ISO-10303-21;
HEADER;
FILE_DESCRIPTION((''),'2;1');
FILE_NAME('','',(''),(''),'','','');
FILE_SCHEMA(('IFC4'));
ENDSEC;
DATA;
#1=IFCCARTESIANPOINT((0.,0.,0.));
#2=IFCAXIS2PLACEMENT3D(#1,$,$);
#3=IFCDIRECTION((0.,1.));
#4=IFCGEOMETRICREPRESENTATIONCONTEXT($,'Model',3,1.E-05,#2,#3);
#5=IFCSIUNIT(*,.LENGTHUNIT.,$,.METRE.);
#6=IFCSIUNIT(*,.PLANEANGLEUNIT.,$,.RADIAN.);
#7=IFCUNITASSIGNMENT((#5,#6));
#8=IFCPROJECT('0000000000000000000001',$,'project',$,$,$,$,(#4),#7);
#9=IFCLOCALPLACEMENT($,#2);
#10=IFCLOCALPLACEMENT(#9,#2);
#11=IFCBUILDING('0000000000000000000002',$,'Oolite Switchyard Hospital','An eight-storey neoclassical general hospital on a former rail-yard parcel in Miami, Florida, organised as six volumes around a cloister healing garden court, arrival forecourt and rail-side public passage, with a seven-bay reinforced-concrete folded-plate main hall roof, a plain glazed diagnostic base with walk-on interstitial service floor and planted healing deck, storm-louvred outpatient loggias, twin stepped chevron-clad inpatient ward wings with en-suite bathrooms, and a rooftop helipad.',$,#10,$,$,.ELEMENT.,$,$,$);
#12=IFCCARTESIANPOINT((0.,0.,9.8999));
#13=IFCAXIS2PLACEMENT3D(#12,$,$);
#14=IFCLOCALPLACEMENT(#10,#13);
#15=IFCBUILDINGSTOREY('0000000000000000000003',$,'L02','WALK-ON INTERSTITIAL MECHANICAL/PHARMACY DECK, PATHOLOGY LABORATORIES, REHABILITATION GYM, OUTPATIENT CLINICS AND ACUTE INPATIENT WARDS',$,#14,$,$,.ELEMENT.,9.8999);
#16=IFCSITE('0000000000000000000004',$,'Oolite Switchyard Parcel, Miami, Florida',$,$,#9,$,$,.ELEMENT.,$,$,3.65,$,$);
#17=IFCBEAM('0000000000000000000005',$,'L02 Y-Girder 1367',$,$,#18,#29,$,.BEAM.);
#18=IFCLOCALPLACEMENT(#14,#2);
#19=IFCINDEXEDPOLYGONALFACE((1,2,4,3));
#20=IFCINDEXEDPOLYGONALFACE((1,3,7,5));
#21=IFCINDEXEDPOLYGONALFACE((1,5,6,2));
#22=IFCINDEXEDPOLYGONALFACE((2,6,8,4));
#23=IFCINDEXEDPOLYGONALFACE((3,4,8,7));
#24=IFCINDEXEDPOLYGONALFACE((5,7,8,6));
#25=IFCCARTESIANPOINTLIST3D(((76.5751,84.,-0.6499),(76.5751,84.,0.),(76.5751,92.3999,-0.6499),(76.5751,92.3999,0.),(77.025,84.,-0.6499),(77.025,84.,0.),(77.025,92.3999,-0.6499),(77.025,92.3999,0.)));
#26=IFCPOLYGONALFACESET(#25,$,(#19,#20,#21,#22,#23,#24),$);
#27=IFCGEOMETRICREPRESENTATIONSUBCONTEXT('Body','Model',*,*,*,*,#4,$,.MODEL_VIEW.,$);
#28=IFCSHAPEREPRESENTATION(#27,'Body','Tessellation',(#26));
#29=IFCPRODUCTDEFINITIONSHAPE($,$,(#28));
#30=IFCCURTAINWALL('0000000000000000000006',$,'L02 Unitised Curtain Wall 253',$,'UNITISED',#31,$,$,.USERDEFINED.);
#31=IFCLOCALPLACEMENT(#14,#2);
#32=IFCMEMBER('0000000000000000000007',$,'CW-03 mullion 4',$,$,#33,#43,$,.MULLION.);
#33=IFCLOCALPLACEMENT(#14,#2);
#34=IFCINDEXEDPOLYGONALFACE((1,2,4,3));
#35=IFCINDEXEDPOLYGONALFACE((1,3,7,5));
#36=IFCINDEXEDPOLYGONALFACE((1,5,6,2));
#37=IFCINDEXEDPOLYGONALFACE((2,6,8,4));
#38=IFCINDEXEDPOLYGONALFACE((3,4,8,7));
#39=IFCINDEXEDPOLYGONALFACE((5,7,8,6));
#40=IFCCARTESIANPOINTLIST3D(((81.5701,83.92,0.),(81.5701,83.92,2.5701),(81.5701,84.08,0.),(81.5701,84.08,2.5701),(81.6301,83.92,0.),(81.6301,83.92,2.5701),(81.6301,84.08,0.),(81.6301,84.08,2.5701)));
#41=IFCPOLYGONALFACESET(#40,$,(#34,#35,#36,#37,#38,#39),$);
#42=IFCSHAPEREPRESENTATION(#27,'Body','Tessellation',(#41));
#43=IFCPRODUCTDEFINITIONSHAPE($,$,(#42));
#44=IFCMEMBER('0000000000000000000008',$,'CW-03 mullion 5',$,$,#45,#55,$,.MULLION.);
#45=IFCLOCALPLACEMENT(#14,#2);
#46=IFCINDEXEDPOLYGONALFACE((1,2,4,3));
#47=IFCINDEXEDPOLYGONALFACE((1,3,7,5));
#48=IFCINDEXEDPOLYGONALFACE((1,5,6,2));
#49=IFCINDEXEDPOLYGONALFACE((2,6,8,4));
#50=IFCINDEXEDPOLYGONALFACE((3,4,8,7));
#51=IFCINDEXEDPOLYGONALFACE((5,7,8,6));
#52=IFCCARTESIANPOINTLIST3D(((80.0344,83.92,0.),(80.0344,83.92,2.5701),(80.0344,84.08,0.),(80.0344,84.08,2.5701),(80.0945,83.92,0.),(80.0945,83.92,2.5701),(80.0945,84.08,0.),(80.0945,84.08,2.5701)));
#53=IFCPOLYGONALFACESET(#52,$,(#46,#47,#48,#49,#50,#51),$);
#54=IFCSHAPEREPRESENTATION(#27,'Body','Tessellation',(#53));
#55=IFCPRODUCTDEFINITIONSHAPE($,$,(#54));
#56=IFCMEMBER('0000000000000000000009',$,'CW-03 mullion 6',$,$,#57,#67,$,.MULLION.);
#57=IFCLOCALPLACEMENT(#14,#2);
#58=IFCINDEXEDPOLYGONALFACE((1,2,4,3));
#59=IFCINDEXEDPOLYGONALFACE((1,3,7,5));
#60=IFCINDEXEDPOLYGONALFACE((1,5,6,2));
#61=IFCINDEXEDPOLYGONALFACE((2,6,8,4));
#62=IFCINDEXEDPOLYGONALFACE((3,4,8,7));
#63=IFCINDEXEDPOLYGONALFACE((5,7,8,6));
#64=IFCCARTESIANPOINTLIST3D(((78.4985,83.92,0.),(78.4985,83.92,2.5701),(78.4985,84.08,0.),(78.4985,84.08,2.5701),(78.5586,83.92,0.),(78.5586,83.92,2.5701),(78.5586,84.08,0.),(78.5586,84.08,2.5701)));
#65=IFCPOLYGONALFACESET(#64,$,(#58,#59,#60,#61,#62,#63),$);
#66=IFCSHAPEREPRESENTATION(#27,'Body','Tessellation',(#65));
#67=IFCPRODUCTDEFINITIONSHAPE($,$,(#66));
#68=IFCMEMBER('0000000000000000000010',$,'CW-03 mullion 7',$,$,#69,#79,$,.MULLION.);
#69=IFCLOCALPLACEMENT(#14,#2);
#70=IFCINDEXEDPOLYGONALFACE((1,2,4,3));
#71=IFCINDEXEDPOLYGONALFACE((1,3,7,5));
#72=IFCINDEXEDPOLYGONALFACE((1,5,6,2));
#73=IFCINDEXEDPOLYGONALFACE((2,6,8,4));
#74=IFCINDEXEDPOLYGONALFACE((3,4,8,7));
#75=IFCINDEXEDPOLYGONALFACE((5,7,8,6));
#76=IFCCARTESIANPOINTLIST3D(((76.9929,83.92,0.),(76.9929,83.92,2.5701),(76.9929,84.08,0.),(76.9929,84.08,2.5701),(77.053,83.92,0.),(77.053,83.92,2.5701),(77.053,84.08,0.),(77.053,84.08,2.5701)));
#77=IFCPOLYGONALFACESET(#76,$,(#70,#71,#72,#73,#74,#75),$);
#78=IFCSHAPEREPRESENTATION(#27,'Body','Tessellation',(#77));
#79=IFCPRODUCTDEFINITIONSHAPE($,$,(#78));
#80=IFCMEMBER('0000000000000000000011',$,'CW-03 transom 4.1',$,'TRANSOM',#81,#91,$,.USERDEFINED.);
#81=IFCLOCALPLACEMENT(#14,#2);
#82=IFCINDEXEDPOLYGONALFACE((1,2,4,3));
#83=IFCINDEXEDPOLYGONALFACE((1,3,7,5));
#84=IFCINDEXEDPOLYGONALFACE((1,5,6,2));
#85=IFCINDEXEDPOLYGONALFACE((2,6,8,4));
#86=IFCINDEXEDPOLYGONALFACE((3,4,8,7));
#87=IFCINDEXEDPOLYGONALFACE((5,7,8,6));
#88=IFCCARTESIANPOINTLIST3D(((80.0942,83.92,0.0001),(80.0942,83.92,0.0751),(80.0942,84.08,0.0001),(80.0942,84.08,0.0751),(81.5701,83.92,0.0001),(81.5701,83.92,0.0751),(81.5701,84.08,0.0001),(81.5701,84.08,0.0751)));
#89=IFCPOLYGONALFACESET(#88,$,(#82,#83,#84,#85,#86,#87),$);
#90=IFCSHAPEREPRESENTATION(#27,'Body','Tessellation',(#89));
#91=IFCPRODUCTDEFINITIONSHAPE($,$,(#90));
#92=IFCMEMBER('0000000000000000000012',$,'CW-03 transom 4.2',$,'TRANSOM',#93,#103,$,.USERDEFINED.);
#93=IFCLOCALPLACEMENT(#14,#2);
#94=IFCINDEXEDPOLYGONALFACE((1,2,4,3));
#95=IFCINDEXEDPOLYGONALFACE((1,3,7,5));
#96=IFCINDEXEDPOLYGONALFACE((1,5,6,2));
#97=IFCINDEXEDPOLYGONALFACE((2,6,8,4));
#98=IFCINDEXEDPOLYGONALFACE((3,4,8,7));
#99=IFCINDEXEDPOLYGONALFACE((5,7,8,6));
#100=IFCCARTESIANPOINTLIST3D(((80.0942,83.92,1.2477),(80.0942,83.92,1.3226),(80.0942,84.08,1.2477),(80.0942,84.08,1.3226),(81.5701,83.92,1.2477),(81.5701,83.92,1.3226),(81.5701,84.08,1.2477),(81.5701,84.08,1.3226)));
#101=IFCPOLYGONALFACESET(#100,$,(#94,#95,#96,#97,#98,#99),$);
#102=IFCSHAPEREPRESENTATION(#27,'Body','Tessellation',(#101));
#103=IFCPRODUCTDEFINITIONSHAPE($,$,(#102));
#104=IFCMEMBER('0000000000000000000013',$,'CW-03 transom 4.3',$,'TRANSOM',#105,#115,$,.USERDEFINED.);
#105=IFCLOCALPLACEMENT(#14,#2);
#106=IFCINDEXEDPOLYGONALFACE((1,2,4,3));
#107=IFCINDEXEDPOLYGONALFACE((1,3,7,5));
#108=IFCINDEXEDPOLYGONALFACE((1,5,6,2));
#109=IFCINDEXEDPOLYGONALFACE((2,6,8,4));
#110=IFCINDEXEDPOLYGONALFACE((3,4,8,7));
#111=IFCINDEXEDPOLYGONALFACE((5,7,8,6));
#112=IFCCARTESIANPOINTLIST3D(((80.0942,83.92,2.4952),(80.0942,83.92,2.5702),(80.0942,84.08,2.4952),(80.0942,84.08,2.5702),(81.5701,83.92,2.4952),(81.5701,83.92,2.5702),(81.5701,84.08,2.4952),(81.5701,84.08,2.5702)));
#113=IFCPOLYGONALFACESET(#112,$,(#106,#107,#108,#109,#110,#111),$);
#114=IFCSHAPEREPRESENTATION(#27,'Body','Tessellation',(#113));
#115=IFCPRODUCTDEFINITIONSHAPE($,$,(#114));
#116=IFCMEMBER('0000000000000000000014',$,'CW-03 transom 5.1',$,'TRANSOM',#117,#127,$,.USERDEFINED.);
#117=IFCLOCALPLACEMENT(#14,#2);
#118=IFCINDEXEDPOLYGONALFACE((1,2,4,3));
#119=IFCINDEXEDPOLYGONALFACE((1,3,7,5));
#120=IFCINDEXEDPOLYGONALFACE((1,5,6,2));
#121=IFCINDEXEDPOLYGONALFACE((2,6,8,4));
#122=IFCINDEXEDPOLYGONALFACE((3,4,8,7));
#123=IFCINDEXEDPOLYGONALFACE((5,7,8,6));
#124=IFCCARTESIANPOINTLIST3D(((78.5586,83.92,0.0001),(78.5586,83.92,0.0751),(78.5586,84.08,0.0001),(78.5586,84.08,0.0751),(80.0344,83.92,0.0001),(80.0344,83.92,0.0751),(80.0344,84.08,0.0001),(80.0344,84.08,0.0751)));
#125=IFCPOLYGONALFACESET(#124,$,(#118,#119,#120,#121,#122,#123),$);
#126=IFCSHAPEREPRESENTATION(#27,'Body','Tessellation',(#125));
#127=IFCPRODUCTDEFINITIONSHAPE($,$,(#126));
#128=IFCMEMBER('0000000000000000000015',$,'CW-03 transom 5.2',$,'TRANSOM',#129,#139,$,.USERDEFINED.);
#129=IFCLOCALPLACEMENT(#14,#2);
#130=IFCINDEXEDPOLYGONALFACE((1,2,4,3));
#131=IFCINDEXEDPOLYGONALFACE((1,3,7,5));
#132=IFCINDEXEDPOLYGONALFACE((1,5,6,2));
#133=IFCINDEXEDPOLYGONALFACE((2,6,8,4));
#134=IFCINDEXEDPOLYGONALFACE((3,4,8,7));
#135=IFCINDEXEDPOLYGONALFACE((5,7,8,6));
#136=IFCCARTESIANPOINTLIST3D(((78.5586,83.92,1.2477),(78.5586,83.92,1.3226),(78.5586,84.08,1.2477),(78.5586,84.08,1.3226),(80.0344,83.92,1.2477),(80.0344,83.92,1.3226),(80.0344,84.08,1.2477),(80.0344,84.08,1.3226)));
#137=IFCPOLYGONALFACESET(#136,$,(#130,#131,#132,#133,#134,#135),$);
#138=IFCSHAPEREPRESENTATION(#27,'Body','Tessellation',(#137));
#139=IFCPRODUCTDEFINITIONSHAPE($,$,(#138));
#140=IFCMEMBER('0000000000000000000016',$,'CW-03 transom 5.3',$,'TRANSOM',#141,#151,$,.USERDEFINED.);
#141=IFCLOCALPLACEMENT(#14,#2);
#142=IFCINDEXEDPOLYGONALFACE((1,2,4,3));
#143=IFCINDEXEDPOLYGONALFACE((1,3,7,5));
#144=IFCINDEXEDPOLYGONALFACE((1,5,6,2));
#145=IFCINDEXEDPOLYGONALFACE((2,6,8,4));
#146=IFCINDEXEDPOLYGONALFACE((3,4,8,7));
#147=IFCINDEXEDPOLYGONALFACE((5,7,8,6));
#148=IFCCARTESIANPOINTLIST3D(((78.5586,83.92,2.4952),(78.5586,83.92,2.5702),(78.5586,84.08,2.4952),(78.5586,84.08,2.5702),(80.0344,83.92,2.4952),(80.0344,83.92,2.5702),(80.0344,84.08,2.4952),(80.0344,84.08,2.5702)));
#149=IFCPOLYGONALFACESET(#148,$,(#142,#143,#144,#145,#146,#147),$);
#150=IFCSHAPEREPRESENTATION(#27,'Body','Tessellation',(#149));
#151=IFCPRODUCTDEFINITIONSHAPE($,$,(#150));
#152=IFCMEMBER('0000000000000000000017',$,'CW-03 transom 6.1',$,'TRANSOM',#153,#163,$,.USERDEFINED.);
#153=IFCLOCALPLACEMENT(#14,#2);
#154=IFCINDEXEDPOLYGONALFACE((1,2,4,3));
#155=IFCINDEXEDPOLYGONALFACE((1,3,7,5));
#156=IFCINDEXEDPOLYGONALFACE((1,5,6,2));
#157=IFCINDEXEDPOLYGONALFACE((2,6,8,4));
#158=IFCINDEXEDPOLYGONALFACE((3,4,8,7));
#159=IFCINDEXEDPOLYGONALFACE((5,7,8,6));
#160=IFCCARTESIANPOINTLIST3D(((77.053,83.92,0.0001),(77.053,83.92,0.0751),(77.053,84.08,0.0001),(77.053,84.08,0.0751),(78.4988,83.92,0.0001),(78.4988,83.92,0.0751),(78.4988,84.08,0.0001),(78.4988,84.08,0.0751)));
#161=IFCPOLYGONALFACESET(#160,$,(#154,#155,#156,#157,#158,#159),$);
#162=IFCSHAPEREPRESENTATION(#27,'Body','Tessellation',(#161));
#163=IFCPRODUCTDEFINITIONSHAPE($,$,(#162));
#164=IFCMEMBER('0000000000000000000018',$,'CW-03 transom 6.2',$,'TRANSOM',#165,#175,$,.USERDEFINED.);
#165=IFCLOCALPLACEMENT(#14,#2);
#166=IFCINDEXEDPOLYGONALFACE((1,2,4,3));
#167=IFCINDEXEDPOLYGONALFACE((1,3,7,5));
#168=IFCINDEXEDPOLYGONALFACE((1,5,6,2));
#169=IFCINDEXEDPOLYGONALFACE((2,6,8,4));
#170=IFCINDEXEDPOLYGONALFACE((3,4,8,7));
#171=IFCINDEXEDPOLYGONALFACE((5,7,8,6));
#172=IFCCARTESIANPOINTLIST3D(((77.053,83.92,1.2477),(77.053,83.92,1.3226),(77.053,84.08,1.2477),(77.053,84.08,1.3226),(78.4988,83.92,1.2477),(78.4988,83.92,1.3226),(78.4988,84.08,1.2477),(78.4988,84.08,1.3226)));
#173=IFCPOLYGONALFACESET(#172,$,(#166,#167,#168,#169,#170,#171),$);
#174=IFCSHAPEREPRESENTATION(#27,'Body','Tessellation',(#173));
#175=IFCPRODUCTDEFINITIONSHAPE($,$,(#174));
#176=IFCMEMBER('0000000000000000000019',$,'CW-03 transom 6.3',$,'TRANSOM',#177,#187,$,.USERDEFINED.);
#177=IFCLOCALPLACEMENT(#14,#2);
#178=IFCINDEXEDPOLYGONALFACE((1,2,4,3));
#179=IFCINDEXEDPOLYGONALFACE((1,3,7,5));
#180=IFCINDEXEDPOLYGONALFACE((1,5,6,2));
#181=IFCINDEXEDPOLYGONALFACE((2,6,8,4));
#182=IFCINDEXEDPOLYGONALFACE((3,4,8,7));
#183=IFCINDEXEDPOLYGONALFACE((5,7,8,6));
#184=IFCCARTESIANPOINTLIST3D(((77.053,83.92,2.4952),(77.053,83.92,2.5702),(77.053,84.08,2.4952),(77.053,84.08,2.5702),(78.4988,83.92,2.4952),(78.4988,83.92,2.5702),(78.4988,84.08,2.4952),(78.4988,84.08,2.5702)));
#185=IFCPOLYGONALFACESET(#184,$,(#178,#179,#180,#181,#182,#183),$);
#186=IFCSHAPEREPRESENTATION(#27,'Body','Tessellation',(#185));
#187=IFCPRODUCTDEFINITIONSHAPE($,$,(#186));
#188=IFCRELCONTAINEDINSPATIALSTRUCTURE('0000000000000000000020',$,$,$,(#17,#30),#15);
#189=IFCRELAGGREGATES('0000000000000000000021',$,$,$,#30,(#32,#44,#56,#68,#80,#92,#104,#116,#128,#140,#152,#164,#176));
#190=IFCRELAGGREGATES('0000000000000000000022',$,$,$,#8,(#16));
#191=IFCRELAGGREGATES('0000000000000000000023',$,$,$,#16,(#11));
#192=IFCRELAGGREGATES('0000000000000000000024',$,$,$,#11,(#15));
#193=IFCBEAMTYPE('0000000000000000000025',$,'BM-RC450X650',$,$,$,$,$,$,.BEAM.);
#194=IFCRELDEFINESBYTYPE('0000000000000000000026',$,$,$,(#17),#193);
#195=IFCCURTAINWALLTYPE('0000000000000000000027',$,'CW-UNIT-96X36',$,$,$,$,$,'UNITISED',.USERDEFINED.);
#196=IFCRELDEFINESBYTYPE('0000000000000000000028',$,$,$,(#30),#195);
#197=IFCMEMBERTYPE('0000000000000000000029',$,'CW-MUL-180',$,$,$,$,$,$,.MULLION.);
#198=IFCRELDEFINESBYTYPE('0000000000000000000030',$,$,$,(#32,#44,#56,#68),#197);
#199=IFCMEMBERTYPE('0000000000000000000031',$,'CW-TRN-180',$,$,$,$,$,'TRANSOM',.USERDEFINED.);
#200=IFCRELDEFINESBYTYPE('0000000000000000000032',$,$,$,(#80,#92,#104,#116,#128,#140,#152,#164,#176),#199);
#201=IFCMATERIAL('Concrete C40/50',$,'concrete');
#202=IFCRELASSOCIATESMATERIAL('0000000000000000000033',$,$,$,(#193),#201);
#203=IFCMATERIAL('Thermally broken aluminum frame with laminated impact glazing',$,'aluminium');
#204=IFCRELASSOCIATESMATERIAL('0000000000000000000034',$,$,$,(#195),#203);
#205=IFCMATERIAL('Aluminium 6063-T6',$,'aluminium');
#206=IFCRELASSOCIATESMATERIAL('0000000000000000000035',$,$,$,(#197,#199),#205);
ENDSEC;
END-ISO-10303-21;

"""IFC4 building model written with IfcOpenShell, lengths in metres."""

from ifc_helpers import new_model, si_unit, direction, frame, origin, origin_2d, place, context, subcontext, project, spatial, rectangle, extrude, material, material_profile, profile_set, type_object, element, aggregate, save


model = new_model("IFC4")

# Units and contexts
model_context = context("Model", 3, precision=1e-05, world=origin(), true_north=direction((0.0, 1.0)))
body_context = subcontext(model_context, "Body", "Model", "MODEL_VIEW")
ifc_project = project(units=[si_unit("LENGTHUNIT", "METRE"), si_unit("PLANEANGLEUNIT", "RADIAN")], contexts=[model_context])

# Site, building, storey
site_placement = place(None, origin())
site = spatial("IfcSite", under=ifc_project, at=site_placement, Name="Oolite Switchyard Parcel, Miami, Florida", CompositionType="ELEMENT", RefElevation=3.65)
building_placement = place(site_placement, origin())
building = spatial("IfcBuilding", under=site, at=building_placement, Name="Oolite Switchyard Hospital", Description="An eight-storey neoclassical general hospital on a former rail-yard parcel in Miami, Florida, organised as six volumes around a cloister healing garden court, arrival forecourt and rail-side public passage, with a seven-bay reinforced-concrete folded-plate main hall roof, a plain glazed diagnostic base with walk-on interstitial service floor and planted healing deck, storm-louvred outpatient loggias, twin stepped chevron-clad inpatient ward wings with en-suite bathrooms, and a rooftop helipad.", CompositionType="ELEMENT")
storey_placement = place(building_placement, frame((0.0, 0.0, 9.8999)))
storey = spatial("IfcBuildingStorey", under=building, at=storey_placement, Name="L02", Description="WALK-ON INTERSTITIAL MECHANICAL/PHARMACY DECK, PATHOLOGY LABORATORIES, REHABILITATION GYM, OUTPATIENT CLINICS AND ACUTE INPATIENT WARDS", CompositionType="ELEMENT", Elevation=9.8999)

# Beam
ifc_material_1 = material(Name="Concrete C40/50", Category="concrete")
ifc_material_profile_1 = material_profile(ifc_material_1, rectangle(XDim=0.45, YDim=0.6499, at=origin_2d()), Name="RCB450X650")
ifc_profile_set_1 = profile_set([ifc_material_profile_1], Name="Concrete C40/50")
beam_type = type_object("IfcBeamType", Name="BM-RC450X650", PredefinedType="BEAM", material=ifc_profile_set_1)
beam_placement = place(storey_placement, frame((76.8, 84.0, -0.325), z_axis=(0.0, 1.0, 0.0), x_axis=(-1.0, 0.0, 0.0)))
element("IfcBeam", 1, at=beam_placement, inside=storey, type_object=beam_type, Name="L02 Y-Girder 1367", PredefinedType="BEAM", context=body_context, shape_type="SweptSolid", body=[
    extrude(rectangle(XDim=0.45, YDim=0.6499, at=origin_2d()), origin(), (0.0, 0.0, 1.0), 8.3999),
])

# Curtain wall, members
ifc_material_2 = material(Name="Thermally broken aluminum frame with laminated impact glazing", Category="aluminium")
curtain_wall_type = type_object("IfcCurtainWallType", Name="CW-UNIT-96X36", ElementType="UNITISED", PredefinedType="USERDEFINED", material=ifc_material_2)
curtain_wall_placement = place(storey_placement, origin())
curtain_wall = element("IfcCurtainWall", 2, at=curtain_wall_placement, inside=storey, type_object=curtain_wall_type, Name="L02 Unitised Curtain Wall 253", ObjectType="UNITISED", PredefinedType="USERDEFINED")
ifc_material_3 = material(Name="Aluminium 6063-T6", Category="aluminium")
ifc_material_profile_2 = material_profile(ifc_material_3, rectangle(XDim=0.1599, YDim=0.0601, at=origin_2d()), Name="CWM60X160")
ifc_profile_set_2 = profile_set([ifc_material_profile_2], Name="Aluminium 6063-T6")
member_type_1 = type_object("IfcMemberType", Name="CW-MUL-180", PredefinedType="MULLION", material=ifc_profile_set_2)
member_1_placement = place(storey_placement, frame((81.6001, 84.0, 0.0), z_axis=(0.0, 0.0, 1.0), x_axis=(0.0, -1.0, 0.0)))
member_1 = element("IfcMember", 3, at=member_1_placement, type_object=member_type_1, Name="CW-03 mullion 4", PredefinedType="MULLION", context=body_context, shape_type="SweptSolid", body=[
    extrude(rectangle(XDim=0.1599, YDim=0.0601, at=origin_2d()), origin(), (0.0, 0.0, 1.0), 2.5701),
])
member_2_placement = place(storey_placement, frame((80.0645, 84.0, 0.0), z_axis=(0.0, 0.0, 1.0), x_axis=(0.0, -1.0, 0.0)))
member_2 = element("IfcMember", 4, at=member_2_placement, type_object=member_type_1, Name="CW-03 mullion 5", PredefinedType="MULLION", context=body_context, shape_type="SweptSolid", body=[
    extrude(rectangle(XDim=0.1599, YDim=0.0601, at=origin_2d()), origin(), (0.0, 0.0, 1.0), 2.5701),
])
member_3_placement = place(storey_placement, frame((78.5286, 84.0, 0.0), z_axis=(0.0, 0.0, 1.0), x_axis=(0.0, -1.0, 0.0)))
member_3 = element("IfcMember", 5, at=member_3_placement, type_object=member_type_1, Name="CW-03 mullion 6", PredefinedType="MULLION", context=body_context, shape_type="SweptSolid", body=[
    extrude(rectangle(XDim=0.1599, YDim=0.0601, at=origin_2d()), origin(), (0.0, 0.0, 1.0), 2.5701),
])
member_4_placement = place(storey_placement, frame((77.0229, 84.0, 0.0), z_axis=(0.0, 0.0, 1.0), x_axis=(0.0, -1.0, 0.0)))
member_4 = element("IfcMember", 6, at=member_4_placement, type_object=member_type_1, Name="CW-03 mullion 7", PredefinedType="MULLION", context=body_context, shape_type="SweptSolid", body=[
    extrude(rectangle(XDim=0.1599, YDim=0.0601, at=origin_2d()), origin(), (0.0, 0.0, 1.0), 2.5701),
])
ifc_material_profile_3 = material_profile(ifc_material_3, rectangle(XDim=0.1599, YDim=0.075, at=origin_2d()), Name="CWT75X160")
ifc_profile_set_3 = profile_set([ifc_material_profile_3], Name="Aluminium 6063-T6")
member_type_2 = type_object("IfcMemberType", Name="CW-TRN-180", ElementType="TRANSOM", PredefinedType="USERDEFINED", material=ifc_profile_set_3)
member_5_placement = place(storey_placement, frame((81.5701, 84.0, 0.0376), z_axis=(-1.0, 0.0, 0.0), x_axis=(0.0, -1.0, 0.0)))
member_5 = element("IfcMember", 7, at=member_5_placement, type_object=member_type_2, Name="CW-03 transom 4.1", ObjectType="TRANSOM", PredefinedType="USERDEFINED", context=body_context, shape_type="SweptSolid", body=[
    extrude(rectangle(XDim=0.1599, YDim=0.075, at=origin_2d()), origin(), (0.0, 0.0, 1.0), 1.4758),
])
member_6_placement = place(storey_placement, frame((81.5701, 84.0, 1.2852), z_axis=(-1.0, 0.0, 0.0), x_axis=(0.0, -1.0, 0.0)))
member_6 = element("IfcMember", 8, at=member_6_placement, type_object=member_type_2, Name="CW-03 transom 4.2", ObjectType="TRANSOM", PredefinedType="USERDEFINED", context=body_context, shape_type="SweptSolid", body=[
    extrude(rectangle(XDim=0.1599, YDim=0.075, at=origin_2d()), origin(), (0.0, 0.0, 1.0), 1.4758),
])
member_7_placement = place(storey_placement, frame((81.5701, 84.0, 2.5327), z_axis=(-1.0, 0.0, 0.0), x_axis=(0.0, -1.0, 0.0)))
member_7 = element("IfcMember", 9, at=member_7_placement, type_object=member_type_2, Name="CW-03 transom 4.3", ObjectType="TRANSOM", PredefinedType="USERDEFINED", context=body_context, shape_type="SweptSolid", body=[
    extrude(rectangle(XDim=0.1599, YDim=0.075, at=origin_2d()), origin(), (0.0, 0.0, 1.0), 1.4758),
])
member_8_placement = place(storey_placement, frame((80.0344, 84.0, 0.0376), z_axis=(-1.0, 0.0, 0.0), x_axis=(0.0, -1.0, 0.0)))
member_8 = element("IfcMember", 10, at=member_8_placement, type_object=member_type_2, Name="CW-03 transom 5.1", ObjectType="TRANSOM", PredefinedType="USERDEFINED", context=body_context, shape_type="SweptSolid", body=[
    extrude(rectangle(XDim=0.1599, YDim=0.075, at=origin_2d()), origin(), (0.0, 0.0, 1.0), 1.4758),
])
member_9_placement = place(storey_placement, frame((80.0344, 84.0, 1.2852), z_axis=(-1.0, 0.0, 0.0), x_axis=(0.0, -1.0, 0.0)))
member_9 = element("IfcMember", 11, at=member_9_placement, type_object=member_type_2, Name="CW-03 transom 5.2", ObjectType="TRANSOM", PredefinedType="USERDEFINED", context=body_context, shape_type="SweptSolid", body=[
    extrude(rectangle(XDim=0.1599, YDim=0.075, at=origin_2d()), origin(), (0.0, 0.0, 1.0), 1.4758),
])
member_10_placement = place(storey_placement, frame((80.0344, 84.0, 2.5327), z_axis=(-1.0, 0.0, 0.0), x_axis=(0.0, -1.0, 0.0)))
member_10 = element("IfcMember", 12, at=member_10_placement, type_object=member_type_2, Name="CW-03 transom 5.3", ObjectType="TRANSOM", PredefinedType="USERDEFINED", context=body_context, shape_type="SweptSolid", body=[
    extrude(rectangle(XDim=0.1599, YDim=0.075, at=origin_2d()), origin(), (0.0, 0.0, 1.0), 1.4758),
])
member_11_placement = place(storey_placement, frame((78.4988, 84.0, 0.0376), z_axis=(-1.0, 0.0, 0.0), x_axis=(0.0, -1.0, 0.0)))
member_11 = element("IfcMember", 13, at=member_11_placement, type_object=member_type_2, Name="CW-03 transom 6.1", ObjectType="TRANSOM", PredefinedType="USERDEFINED", context=body_context, shape_type="SweptSolid", body=[
    extrude(rectangle(XDim=0.1599, YDim=0.075, at=origin_2d()), origin(), (0.0, 0.0, 1.0), 1.4458),
])
member_12_placement = place(storey_placement, frame((78.4988, 84.0, 1.2852), z_axis=(-1.0, 0.0, 0.0), x_axis=(0.0, -1.0, 0.0)))
member_12 = element("IfcMember", 14, at=member_12_placement, type_object=member_type_2, Name="CW-03 transom 6.2", ObjectType="TRANSOM", PredefinedType="USERDEFINED", context=body_context, shape_type="SweptSolid", body=[
    extrude(rectangle(XDim=0.1599, YDim=0.075, at=origin_2d()), origin(), (0.0, 0.0, 1.0), 1.4458),
])
member_13_placement = place(storey_placement, frame((78.4988, 84.0, 2.5327), z_axis=(-1.0, 0.0, 0.0), x_axis=(0.0, -1.0, 0.0)))
member_13 = element("IfcMember", 15, at=member_13_placement, type_object=member_type_2, Name="CW-03 transom 6.3", ObjectType="TRANSOM", PredefinedType="USERDEFINED", context=body_context, shape_type="SweptSolid", body=[
    extrude(rectangle(XDim=0.1599, YDim=0.075, at=origin_2d()), origin(), (0.0, 0.0, 1.0), 1.4458),
])
aggregate(curtain_wall, [member_1, member_2, member_3, member_4, member_5, member_6, member_7, member_8, member_9, member_10, member_11, member_12, member_13])

save(model, "model.ifc")
